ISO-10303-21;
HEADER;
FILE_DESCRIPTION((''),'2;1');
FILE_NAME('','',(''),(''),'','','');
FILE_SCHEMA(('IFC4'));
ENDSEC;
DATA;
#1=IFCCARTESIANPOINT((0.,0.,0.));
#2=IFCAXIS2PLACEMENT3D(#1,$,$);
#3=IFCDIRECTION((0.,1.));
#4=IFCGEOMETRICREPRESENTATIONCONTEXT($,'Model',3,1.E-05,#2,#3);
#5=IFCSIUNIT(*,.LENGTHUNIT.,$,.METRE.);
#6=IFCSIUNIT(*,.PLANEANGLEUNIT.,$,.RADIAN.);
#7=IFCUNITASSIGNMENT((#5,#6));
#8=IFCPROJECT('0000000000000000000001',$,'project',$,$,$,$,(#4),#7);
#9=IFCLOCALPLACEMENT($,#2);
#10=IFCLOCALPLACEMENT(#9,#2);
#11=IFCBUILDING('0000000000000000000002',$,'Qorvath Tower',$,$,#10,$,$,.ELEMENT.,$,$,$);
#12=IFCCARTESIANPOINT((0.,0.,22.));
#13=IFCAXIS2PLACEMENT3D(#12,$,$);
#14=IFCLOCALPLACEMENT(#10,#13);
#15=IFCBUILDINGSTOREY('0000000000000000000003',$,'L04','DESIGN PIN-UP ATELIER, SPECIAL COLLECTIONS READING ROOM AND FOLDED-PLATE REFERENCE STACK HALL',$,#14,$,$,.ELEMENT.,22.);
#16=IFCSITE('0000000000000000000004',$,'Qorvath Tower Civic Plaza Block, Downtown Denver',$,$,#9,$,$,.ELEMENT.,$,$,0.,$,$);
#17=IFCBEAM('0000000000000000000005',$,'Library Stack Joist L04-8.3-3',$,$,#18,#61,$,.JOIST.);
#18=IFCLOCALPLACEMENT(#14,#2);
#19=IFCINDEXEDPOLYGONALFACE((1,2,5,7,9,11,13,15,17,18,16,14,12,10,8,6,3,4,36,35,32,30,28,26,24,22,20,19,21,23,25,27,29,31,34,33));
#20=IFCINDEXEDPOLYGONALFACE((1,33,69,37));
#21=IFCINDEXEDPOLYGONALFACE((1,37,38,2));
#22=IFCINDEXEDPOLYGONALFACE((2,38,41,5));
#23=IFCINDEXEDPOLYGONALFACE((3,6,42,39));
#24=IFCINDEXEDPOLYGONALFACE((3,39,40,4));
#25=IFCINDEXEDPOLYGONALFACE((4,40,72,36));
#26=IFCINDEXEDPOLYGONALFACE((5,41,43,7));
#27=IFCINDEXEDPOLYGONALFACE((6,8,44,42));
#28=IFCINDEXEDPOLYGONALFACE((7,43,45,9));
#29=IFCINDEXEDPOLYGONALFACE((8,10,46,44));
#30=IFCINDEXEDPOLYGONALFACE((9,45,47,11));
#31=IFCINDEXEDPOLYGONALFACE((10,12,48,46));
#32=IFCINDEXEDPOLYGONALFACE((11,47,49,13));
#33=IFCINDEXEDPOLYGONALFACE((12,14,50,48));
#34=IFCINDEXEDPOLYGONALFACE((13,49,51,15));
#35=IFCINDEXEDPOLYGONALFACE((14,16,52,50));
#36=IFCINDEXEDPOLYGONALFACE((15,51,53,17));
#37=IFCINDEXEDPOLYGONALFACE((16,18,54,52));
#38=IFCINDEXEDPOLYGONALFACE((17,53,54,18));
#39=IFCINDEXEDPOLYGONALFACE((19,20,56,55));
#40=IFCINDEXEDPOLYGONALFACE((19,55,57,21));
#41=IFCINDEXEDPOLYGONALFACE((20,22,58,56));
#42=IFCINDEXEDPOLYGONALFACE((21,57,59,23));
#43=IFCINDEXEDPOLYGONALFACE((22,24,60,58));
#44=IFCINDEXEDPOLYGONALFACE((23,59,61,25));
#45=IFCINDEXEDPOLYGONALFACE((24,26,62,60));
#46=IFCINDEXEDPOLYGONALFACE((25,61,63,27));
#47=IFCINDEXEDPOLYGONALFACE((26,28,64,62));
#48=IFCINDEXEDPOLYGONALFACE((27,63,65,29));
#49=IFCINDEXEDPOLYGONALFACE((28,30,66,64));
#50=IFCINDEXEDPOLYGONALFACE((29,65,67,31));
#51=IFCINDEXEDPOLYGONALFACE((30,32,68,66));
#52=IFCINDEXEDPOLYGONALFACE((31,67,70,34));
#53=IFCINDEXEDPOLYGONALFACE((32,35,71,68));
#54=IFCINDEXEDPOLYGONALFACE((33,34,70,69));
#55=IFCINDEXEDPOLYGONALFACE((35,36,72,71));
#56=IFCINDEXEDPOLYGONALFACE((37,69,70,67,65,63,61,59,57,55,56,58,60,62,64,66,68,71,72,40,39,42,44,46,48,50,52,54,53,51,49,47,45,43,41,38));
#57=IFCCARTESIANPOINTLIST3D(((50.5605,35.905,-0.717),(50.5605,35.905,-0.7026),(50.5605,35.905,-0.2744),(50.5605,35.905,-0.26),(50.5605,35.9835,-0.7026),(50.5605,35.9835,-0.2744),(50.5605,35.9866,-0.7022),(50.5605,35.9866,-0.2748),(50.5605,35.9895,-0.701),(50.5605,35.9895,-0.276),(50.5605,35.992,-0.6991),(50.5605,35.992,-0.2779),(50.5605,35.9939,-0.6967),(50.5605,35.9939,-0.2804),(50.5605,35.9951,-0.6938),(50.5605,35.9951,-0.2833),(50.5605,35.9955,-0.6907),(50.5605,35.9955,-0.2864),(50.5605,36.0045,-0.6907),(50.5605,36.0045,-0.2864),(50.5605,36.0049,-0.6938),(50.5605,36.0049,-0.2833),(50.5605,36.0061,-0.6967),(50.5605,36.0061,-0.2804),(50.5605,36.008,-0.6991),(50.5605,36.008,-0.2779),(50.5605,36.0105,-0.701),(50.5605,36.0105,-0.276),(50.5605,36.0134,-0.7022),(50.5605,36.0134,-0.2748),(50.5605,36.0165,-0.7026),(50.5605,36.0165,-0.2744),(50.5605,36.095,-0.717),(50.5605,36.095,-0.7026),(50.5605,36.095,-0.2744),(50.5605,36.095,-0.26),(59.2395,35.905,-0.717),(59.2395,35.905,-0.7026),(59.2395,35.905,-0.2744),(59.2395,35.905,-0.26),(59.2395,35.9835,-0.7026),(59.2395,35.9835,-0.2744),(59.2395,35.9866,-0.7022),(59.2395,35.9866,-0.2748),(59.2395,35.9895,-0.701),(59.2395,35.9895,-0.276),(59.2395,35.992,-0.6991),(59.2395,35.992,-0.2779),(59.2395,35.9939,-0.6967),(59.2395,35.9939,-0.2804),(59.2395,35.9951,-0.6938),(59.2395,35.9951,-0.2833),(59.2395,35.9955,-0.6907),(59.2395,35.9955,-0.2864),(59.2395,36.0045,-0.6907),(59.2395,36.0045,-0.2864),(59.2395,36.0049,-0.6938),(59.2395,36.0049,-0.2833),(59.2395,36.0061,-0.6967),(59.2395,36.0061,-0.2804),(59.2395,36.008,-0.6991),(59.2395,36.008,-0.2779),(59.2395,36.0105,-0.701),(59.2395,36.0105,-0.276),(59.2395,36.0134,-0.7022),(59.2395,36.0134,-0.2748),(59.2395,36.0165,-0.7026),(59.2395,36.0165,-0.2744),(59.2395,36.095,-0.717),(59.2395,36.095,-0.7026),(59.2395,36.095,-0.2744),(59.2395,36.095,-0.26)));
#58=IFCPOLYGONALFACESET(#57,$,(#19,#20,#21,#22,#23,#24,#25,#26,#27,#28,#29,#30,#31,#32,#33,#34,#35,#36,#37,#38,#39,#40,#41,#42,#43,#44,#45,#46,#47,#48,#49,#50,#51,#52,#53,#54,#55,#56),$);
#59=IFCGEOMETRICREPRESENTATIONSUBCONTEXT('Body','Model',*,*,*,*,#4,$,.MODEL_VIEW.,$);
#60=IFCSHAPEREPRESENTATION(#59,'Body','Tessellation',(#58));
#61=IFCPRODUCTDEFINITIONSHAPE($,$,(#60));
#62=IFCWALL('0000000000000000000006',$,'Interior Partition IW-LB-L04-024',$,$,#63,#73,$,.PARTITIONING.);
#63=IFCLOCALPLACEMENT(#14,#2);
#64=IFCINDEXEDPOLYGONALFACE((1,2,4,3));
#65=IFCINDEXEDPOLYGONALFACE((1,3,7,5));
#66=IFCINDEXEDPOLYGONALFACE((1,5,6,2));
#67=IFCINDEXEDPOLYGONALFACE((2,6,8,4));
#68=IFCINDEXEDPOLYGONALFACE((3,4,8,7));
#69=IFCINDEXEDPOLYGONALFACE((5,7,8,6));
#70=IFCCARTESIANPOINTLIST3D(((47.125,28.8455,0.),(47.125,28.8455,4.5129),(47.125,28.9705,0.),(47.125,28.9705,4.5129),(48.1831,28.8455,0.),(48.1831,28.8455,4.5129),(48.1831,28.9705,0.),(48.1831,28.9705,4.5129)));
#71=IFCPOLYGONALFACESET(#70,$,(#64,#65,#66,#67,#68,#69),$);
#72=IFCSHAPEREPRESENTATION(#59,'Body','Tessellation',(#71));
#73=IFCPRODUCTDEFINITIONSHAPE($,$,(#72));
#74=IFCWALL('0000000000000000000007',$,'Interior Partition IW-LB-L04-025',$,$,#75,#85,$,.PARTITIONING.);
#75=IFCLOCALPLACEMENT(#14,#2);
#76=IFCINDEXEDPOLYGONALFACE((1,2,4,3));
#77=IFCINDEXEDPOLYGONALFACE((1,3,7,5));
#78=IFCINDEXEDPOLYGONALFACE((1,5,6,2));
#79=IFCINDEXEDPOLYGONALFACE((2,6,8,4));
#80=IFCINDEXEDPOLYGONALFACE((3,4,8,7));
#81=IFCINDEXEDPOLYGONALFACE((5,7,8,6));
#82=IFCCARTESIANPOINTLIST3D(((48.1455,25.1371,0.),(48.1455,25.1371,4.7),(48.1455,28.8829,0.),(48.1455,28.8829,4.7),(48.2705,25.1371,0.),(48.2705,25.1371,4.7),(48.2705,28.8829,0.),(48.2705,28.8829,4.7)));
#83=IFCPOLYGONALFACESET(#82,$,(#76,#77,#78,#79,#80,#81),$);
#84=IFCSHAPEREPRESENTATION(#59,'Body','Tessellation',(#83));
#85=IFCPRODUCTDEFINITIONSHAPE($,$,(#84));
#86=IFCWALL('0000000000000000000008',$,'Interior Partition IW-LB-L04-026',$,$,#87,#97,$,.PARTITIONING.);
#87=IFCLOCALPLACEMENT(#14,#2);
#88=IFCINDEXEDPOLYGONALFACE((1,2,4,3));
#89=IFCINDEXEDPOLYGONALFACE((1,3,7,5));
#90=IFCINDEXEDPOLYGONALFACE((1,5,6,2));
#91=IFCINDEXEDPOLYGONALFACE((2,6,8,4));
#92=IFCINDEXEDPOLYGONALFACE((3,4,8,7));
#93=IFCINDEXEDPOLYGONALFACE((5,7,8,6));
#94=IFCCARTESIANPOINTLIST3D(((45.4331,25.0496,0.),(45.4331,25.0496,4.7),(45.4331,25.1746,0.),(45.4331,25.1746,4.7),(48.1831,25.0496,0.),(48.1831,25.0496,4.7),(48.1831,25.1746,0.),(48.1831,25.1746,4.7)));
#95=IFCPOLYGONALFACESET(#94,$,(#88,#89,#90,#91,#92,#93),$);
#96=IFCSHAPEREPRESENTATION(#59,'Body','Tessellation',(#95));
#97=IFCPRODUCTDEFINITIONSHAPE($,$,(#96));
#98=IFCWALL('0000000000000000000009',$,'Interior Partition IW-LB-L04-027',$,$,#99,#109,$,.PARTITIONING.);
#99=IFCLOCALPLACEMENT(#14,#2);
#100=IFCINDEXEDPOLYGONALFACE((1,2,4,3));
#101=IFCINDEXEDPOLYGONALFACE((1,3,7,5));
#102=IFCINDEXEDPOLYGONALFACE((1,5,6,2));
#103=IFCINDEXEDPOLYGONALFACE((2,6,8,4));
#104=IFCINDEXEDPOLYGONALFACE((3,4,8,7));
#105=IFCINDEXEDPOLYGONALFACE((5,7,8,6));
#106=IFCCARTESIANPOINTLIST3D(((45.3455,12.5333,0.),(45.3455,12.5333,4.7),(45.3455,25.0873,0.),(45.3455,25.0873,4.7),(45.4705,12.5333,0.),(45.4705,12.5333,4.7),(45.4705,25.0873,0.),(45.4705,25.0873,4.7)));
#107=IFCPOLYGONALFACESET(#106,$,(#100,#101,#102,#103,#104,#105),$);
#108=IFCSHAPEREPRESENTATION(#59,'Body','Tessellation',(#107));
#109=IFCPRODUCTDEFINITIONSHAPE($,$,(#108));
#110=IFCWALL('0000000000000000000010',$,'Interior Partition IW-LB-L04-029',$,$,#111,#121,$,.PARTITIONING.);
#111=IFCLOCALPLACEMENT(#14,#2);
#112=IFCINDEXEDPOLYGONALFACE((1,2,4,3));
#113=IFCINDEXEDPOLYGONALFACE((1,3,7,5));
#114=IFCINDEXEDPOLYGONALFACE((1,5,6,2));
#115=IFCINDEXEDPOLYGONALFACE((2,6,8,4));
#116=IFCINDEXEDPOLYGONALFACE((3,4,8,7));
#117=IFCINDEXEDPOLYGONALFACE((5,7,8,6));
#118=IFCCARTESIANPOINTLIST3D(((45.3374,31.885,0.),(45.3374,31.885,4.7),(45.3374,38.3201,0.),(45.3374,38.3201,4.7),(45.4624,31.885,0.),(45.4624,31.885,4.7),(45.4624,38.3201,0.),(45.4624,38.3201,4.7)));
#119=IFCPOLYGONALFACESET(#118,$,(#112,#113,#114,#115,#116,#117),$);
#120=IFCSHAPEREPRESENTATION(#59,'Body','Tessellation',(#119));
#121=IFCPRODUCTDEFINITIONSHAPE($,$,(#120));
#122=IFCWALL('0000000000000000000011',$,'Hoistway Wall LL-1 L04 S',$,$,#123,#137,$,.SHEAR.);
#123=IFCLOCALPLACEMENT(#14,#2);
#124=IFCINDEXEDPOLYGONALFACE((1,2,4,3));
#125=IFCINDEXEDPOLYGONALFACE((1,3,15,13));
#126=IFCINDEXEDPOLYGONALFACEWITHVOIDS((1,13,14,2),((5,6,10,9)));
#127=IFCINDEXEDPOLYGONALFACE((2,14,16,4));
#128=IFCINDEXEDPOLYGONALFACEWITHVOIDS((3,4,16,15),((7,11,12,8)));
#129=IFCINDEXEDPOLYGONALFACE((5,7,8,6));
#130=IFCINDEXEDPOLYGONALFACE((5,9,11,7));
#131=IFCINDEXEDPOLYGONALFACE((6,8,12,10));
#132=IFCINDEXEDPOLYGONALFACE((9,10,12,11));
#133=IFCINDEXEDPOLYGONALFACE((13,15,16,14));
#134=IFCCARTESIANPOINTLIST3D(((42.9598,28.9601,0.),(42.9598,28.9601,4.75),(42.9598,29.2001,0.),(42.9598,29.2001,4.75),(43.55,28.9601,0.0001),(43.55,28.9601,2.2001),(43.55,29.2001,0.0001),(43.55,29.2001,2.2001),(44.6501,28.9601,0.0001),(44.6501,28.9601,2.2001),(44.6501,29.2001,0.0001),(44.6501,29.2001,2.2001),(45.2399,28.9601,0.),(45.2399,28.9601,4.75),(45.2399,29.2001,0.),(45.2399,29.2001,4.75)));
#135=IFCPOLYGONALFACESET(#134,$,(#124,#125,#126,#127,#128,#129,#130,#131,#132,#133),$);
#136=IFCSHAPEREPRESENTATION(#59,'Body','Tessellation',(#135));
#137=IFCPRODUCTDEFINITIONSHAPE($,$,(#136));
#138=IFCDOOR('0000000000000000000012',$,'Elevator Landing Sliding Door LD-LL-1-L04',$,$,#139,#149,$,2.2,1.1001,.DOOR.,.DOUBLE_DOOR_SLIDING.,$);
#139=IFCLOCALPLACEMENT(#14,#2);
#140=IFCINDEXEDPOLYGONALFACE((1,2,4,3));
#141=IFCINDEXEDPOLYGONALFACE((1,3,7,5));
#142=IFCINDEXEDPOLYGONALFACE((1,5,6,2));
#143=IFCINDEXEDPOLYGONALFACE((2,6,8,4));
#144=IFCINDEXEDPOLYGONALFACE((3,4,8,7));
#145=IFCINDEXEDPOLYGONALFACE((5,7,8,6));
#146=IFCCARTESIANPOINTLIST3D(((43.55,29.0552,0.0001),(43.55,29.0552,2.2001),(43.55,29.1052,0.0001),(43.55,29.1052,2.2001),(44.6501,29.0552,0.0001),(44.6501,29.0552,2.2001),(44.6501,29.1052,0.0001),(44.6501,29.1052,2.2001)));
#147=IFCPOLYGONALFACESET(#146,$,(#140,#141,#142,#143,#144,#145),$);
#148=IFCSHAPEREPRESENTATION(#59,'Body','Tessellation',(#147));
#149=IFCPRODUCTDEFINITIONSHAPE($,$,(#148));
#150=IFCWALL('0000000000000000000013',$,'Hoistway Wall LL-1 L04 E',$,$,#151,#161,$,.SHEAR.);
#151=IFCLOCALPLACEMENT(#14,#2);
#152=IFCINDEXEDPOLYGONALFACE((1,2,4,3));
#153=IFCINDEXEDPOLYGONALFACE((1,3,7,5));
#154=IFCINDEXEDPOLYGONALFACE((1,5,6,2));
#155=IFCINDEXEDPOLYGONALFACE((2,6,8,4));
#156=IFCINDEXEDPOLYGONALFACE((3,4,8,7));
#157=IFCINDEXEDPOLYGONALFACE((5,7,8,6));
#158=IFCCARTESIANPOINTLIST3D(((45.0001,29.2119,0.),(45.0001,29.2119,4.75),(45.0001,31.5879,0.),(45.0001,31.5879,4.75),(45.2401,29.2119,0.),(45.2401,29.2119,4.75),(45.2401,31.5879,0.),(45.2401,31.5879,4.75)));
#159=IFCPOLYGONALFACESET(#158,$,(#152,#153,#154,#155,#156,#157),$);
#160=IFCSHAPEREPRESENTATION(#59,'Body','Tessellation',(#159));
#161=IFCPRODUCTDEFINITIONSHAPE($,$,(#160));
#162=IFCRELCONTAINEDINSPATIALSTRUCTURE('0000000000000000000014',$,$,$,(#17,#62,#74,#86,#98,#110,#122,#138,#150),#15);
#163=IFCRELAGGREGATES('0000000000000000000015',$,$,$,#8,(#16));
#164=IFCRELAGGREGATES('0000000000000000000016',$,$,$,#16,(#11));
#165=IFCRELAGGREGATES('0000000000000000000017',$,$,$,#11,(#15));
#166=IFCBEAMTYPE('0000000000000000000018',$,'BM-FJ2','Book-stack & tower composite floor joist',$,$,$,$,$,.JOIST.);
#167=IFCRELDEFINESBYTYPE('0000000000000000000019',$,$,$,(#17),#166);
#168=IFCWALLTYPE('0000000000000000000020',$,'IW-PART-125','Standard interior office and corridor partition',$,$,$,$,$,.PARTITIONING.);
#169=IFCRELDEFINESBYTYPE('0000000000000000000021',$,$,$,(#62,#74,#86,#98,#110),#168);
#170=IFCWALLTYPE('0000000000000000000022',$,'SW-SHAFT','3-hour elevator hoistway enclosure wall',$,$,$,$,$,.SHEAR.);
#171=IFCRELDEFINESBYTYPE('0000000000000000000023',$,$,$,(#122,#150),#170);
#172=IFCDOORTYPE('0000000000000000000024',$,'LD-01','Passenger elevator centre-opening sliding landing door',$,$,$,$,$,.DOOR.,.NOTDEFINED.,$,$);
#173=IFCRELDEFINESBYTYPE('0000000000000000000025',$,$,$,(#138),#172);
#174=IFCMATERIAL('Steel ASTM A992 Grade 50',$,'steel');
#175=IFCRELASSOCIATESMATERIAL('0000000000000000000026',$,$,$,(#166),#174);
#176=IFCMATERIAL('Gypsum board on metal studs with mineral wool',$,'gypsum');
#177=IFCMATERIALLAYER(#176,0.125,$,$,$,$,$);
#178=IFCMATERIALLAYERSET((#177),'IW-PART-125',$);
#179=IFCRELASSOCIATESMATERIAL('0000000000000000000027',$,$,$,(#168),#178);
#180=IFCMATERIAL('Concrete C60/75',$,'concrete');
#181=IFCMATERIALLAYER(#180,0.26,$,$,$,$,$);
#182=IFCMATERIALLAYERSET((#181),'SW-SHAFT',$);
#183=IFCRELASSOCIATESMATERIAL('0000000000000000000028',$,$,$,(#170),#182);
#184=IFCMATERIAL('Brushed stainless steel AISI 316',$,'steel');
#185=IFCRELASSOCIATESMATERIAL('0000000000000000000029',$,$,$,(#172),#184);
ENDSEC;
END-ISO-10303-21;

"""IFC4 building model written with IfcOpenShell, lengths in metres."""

from ifc_helpers import new_model, si_unit, direction, frame, frame_2d, origin, origin_2d, place, context, subcontext, project, spatial, rectangle, i_section, extrude, material, layer, layer_set, material_profile, profile_set, type_object, element, fill, save


model = new_model("IFC4")

# Units and contexts
model_context = context("Model", 3, precision=1e-05, world=origin(), true_north=direction((0.0, 1.0)))
body_context = subcontext(model_context, "Body", "Model", "MODEL_VIEW")
ifc_project = project(units=[si_unit("LENGTHUNIT", "METRE"), si_unit("PLANEANGLEUNIT", "RADIAN")], contexts=[model_context])

# Site, building, storey
site_placement = place(None, origin())
site = spatial("IfcSite", under=ifc_project, at=site_placement, Name="Qorvath Tower Civic Plaza Block, Downtown Denver", CompositionType="ELEMENT", RefElevation=0.0)
building_placement = place(site_placement, origin())
building = spatial("IfcBuilding", under=site, at=building_placement, Name="Qorvath Tower", CompositionType="ELEMENT")
storey_placement = place(building_placement, frame((0.0, 0.0, 22.0)))
storey = spatial("IfcBuildingStorey", under=building, at=storey_placement, Name="L04", Description="DESIGN PIN-UP ATELIER, SPECIAL COLLECTIONS READING ROOM AND FOLDED-PLATE REFERENCE STACK HALL", CompositionType="ELEMENT", Elevation=22.0)

# Beam
ifc_material_1 = material(Name="Steel ASTM A992 Grade 50", Category="steel")
ifc_material_profile_1 = material_profile(ifc_material_1, i_section(OverallWidth=0.1899, OverallDepth=0.457, WebThickness=0.009, FlangeThickness=0.0144, FilletRadius=0.012, at=origin_2d()), Name="W18x50")
ifc_profile_set_1 = profile_set([ifc_material_profile_1], Name="Steel ASTM A992 Grade 50")
beam_type_1 = type_object("IfcBeamType", Name="BM-FJ2", Description="Book-stack & tower composite floor joist", PredefinedType="JOIST", material=ifc_profile_set_1)
for number, where, z_axis, x_axis, name in (
    (1, (50.5605, 36.0, -0.4885), (1.0, 0.0, 0.0), (0.0, 1.0, 0.0), "Library Stack Joist L04-8.3-3"),
):
    element("IfcBeam", number, at=place(storey_placement, frame(where, z_axis=z_axis, x_axis=x_axis)), inside=storey, type_object=beam_type_1, Name=name, PredefinedType="JOIST", context=body_context, shape_type="SweptSolid", body=[
        extrude(i_section(OverallWidth=0.1899, OverallDepth=0.457, WebThickness=0.009, FlangeThickness=0.0144, FilletRadius=0.012, at=origin_2d()), origin(), (0.0, 0.0, 1.0), 8.679),
    ])

# Walls
ifc_material_2 = material(Name="Gypsum board on metal studs with mineral wool", Category="gypsum")
ifc_layer_1 = layer(ifc_material_2, 0.125)
ifc_layer_set_1 = layer_set([ifc_layer_1], Name="IW-PART-125")
wall_type_1 = type_object("IfcWallType", Name="IW-PART-125", Description="Standard interior office and corridor partition", PredefinedType="PARTITIONING", material=ifc_layer_set_1)
wall_1_placement = place(storey_placement, frame((48.1831, 28.908, 0.0), z_axis=(0.0, 0.0, 1.0), x_axis=(-1.0, 0.0, 0.0)))
element("IfcWall", 2, at=wall_1_placement, inside=storey, type_object=wall_type_1, Name="Interior Partition IW-LB-L04-024", PredefinedType="PARTITIONING", context=body_context, shape_type="SweptSolid", body=[
    extrude(rectangle(XDim=1.0581, YDim=0.125, at=frame_2d((0.5291, 0.0))), origin(), (0.0, 0.0, 1.0), 4.5129),
])
wall_2_placement = place(storey_placement, frame((48.208, 28.8831, 0.0), z_axis=(0.0, 0.0, 1.0), x_axis=(0.0, -1.0, 0.0)))
element("IfcWall", 3, at=wall_2_placement, inside=storey, type_object=wall_type_1, Name="Interior Partition IW-LB-L04-025", PredefinedType="PARTITIONING", context=body_context, shape_type="SweptSolid", body=[
    extrude(rectangle(XDim=3.7458, YDim=0.125, at=frame_2d((1.873, 0.0))), origin(), (0.0, 0.0, 1.0), 4.7),
])
wall_3_placement = place(storey_placement, frame((45.4331, 25.1121, 0.0), z_axis=(0.0, 0.0, 1.0), x_axis=(1.0, 0.0, 0.0)))
element("IfcWall", 4, at=wall_3_placement, inside=storey, type_object=wall_type_1, Name="Interior Partition IW-LB-L04-026", PredefinedType="PARTITIONING", context=body_context, shape_type="SweptSolid", body=[
    extrude(rectangle(XDim=2.75, YDim=0.125, at=frame_2d((1.375, 0.0))), origin(), (0.0, 0.0, 1.0), 4.7),
])
wall_4_placement = place(storey_placement, frame((45.408, 25.0872, 0.0), z_axis=(0.0, 0.0, 1.0), x_axis=(0.0, -1.0, 0.0)))
element("IfcWall", 5, at=wall_4_placement, inside=storey, type_object=wall_type_1, Name="Interior Partition IW-LB-L04-027", PredefinedType="PARTITIONING", context=body_context, shape_type="SweptSolid", body=[
    extrude(rectangle(XDim=12.554, YDim=0.125, at=frame_2d((6.2769, 0.0))), origin(), (0.0, 0.0, 1.0), 4.7),
])
wall_5_placement = place(storey_placement, frame((45.3999, 38.3201, 0.0), z_axis=(0.0, 0.0, 1.0), x_axis=(0.0, -1.0, 0.0)))
element("IfcWall", 6, at=wall_5_placement, inside=storey, type_object=wall_type_1, Name="Interior Partition IW-LB-L04-029", PredefinedType="PARTITIONING", context=body_context, shape_type="SweptSolid", body=[
    extrude(rectangle(XDim=6.4351, YDim=0.125, at=frame_2d((3.2175, 0.0))), origin(), (0.0, 0.0, 1.0), 4.7),
])

# Wall, opening, door
ifc_material_3 = material(Name="Concrete C60/75", Category="concrete")
ifc_layer_2 = layer(ifc_material_3, 0.26)
ifc_layer_set_2 = layer_set([ifc_layer_2], Name="SW-SHAFT")
wall_type_2 = type_object("IfcWallType", Name="SW-SHAFT", Description="3-hour elevator hoistway enclosure wall", PredefinedType="SHEAR", material=ifc_layer_set_2)
wall_6_placement = place(storey_placement, frame((45.24, 29.0801, 0.0), z_axis=(0.0, 0.0, 1.0), x_axis=(-1.0, 0.0, 0.0)))
wall_6 = element("IfcWall", 7, at=wall_6_placement, inside=storey, type_object=wall_type_2, Name="Hoistway Wall LL-1 L04 S", PredefinedType="SHEAR", context=body_context, shape_type="SweptSolid", body=[
    extrude(rectangle(XDim=2.28, YDim=0.24, at=frame_2d((1.1401, 0.0))), origin(), (0.0, 0.0, 1.0), 4.75),
])
opening_1_placement = place(wall_6_placement, frame((0.5898, 0.0, 0.0)))
opening_1 = element("IfcOpeningElement", 8, at=opening_1_placement, cuts=wall_6, PredefinedType="OPENING", context=body_context, shape_type="SweptSolid", body=[
    extrude(rectangle(XDim=1.1001, YDim=2.2, at=frame_2d((0.55, 1.1001))), frame((0.0, 0.1299, 0.0), z_axis=(0.0, -1.0, 0.0), x_axis=(1.0, 0.0, 0.0)), (0.0, 0.0, 1.0), 0.26),
])
ifc_material_4 = material(Name="Brushed stainless steel AISI 316", Category="steel")
door_type = type_object("IfcDoorType", Name="LD-01", Description="Passenger elevator centre-opening sliding landing door", OperationType="NOTDEFINED", PredefinedType="DOOR", material=ifc_material_4)
door_1_placement = place(opening_1_placement, origin())
door_1 = element("IfcDoor", 9, at=door_1_placement, inside=storey, type_object=door_type, Name="Elevator Landing Sliding Door LD-LL-1-L04", OperationType="DOUBLE_DOOR_SLIDING", OverallHeight=2.2, OverallWidth=1.1001, PredefinedType="DOOR", context=body_context, shape_type="SweptSolid", body=[
    extrude(rectangle(XDim=1.1001, YDim=2.2, at=frame_2d((0.55, 1.1001))), frame((0.0, 0.0249, 0.0), z_axis=(0.0, -1.0, 0.0), x_axis=(1.0, 0.0, 0.0)), (0.0, 0.0, 1.0), 0.05),
])
fill(opening_1, door_1)

# Wall
wall_7_placement = place(storey_placement, frame((45.1201, 31.5879, 0.0), z_axis=(0.0, 0.0, 1.0), x_axis=(0.0, -1.0, 0.0)))
element("IfcWall", 10, at=wall_7_placement, inside=storey, type_object=wall_type_2, Name="Hoistway Wall LL-1 L04 E", PredefinedType="SHEAR", context=body_context, shape_type="SweptSolid", body=[
    extrude(rectangle(XDim=2.376, YDim=0.24, at=frame_2d((1.188, 0.0))), origin(), (0.0, 0.0, 1.0), 4.75),
])

save(model, "model.ifc")
